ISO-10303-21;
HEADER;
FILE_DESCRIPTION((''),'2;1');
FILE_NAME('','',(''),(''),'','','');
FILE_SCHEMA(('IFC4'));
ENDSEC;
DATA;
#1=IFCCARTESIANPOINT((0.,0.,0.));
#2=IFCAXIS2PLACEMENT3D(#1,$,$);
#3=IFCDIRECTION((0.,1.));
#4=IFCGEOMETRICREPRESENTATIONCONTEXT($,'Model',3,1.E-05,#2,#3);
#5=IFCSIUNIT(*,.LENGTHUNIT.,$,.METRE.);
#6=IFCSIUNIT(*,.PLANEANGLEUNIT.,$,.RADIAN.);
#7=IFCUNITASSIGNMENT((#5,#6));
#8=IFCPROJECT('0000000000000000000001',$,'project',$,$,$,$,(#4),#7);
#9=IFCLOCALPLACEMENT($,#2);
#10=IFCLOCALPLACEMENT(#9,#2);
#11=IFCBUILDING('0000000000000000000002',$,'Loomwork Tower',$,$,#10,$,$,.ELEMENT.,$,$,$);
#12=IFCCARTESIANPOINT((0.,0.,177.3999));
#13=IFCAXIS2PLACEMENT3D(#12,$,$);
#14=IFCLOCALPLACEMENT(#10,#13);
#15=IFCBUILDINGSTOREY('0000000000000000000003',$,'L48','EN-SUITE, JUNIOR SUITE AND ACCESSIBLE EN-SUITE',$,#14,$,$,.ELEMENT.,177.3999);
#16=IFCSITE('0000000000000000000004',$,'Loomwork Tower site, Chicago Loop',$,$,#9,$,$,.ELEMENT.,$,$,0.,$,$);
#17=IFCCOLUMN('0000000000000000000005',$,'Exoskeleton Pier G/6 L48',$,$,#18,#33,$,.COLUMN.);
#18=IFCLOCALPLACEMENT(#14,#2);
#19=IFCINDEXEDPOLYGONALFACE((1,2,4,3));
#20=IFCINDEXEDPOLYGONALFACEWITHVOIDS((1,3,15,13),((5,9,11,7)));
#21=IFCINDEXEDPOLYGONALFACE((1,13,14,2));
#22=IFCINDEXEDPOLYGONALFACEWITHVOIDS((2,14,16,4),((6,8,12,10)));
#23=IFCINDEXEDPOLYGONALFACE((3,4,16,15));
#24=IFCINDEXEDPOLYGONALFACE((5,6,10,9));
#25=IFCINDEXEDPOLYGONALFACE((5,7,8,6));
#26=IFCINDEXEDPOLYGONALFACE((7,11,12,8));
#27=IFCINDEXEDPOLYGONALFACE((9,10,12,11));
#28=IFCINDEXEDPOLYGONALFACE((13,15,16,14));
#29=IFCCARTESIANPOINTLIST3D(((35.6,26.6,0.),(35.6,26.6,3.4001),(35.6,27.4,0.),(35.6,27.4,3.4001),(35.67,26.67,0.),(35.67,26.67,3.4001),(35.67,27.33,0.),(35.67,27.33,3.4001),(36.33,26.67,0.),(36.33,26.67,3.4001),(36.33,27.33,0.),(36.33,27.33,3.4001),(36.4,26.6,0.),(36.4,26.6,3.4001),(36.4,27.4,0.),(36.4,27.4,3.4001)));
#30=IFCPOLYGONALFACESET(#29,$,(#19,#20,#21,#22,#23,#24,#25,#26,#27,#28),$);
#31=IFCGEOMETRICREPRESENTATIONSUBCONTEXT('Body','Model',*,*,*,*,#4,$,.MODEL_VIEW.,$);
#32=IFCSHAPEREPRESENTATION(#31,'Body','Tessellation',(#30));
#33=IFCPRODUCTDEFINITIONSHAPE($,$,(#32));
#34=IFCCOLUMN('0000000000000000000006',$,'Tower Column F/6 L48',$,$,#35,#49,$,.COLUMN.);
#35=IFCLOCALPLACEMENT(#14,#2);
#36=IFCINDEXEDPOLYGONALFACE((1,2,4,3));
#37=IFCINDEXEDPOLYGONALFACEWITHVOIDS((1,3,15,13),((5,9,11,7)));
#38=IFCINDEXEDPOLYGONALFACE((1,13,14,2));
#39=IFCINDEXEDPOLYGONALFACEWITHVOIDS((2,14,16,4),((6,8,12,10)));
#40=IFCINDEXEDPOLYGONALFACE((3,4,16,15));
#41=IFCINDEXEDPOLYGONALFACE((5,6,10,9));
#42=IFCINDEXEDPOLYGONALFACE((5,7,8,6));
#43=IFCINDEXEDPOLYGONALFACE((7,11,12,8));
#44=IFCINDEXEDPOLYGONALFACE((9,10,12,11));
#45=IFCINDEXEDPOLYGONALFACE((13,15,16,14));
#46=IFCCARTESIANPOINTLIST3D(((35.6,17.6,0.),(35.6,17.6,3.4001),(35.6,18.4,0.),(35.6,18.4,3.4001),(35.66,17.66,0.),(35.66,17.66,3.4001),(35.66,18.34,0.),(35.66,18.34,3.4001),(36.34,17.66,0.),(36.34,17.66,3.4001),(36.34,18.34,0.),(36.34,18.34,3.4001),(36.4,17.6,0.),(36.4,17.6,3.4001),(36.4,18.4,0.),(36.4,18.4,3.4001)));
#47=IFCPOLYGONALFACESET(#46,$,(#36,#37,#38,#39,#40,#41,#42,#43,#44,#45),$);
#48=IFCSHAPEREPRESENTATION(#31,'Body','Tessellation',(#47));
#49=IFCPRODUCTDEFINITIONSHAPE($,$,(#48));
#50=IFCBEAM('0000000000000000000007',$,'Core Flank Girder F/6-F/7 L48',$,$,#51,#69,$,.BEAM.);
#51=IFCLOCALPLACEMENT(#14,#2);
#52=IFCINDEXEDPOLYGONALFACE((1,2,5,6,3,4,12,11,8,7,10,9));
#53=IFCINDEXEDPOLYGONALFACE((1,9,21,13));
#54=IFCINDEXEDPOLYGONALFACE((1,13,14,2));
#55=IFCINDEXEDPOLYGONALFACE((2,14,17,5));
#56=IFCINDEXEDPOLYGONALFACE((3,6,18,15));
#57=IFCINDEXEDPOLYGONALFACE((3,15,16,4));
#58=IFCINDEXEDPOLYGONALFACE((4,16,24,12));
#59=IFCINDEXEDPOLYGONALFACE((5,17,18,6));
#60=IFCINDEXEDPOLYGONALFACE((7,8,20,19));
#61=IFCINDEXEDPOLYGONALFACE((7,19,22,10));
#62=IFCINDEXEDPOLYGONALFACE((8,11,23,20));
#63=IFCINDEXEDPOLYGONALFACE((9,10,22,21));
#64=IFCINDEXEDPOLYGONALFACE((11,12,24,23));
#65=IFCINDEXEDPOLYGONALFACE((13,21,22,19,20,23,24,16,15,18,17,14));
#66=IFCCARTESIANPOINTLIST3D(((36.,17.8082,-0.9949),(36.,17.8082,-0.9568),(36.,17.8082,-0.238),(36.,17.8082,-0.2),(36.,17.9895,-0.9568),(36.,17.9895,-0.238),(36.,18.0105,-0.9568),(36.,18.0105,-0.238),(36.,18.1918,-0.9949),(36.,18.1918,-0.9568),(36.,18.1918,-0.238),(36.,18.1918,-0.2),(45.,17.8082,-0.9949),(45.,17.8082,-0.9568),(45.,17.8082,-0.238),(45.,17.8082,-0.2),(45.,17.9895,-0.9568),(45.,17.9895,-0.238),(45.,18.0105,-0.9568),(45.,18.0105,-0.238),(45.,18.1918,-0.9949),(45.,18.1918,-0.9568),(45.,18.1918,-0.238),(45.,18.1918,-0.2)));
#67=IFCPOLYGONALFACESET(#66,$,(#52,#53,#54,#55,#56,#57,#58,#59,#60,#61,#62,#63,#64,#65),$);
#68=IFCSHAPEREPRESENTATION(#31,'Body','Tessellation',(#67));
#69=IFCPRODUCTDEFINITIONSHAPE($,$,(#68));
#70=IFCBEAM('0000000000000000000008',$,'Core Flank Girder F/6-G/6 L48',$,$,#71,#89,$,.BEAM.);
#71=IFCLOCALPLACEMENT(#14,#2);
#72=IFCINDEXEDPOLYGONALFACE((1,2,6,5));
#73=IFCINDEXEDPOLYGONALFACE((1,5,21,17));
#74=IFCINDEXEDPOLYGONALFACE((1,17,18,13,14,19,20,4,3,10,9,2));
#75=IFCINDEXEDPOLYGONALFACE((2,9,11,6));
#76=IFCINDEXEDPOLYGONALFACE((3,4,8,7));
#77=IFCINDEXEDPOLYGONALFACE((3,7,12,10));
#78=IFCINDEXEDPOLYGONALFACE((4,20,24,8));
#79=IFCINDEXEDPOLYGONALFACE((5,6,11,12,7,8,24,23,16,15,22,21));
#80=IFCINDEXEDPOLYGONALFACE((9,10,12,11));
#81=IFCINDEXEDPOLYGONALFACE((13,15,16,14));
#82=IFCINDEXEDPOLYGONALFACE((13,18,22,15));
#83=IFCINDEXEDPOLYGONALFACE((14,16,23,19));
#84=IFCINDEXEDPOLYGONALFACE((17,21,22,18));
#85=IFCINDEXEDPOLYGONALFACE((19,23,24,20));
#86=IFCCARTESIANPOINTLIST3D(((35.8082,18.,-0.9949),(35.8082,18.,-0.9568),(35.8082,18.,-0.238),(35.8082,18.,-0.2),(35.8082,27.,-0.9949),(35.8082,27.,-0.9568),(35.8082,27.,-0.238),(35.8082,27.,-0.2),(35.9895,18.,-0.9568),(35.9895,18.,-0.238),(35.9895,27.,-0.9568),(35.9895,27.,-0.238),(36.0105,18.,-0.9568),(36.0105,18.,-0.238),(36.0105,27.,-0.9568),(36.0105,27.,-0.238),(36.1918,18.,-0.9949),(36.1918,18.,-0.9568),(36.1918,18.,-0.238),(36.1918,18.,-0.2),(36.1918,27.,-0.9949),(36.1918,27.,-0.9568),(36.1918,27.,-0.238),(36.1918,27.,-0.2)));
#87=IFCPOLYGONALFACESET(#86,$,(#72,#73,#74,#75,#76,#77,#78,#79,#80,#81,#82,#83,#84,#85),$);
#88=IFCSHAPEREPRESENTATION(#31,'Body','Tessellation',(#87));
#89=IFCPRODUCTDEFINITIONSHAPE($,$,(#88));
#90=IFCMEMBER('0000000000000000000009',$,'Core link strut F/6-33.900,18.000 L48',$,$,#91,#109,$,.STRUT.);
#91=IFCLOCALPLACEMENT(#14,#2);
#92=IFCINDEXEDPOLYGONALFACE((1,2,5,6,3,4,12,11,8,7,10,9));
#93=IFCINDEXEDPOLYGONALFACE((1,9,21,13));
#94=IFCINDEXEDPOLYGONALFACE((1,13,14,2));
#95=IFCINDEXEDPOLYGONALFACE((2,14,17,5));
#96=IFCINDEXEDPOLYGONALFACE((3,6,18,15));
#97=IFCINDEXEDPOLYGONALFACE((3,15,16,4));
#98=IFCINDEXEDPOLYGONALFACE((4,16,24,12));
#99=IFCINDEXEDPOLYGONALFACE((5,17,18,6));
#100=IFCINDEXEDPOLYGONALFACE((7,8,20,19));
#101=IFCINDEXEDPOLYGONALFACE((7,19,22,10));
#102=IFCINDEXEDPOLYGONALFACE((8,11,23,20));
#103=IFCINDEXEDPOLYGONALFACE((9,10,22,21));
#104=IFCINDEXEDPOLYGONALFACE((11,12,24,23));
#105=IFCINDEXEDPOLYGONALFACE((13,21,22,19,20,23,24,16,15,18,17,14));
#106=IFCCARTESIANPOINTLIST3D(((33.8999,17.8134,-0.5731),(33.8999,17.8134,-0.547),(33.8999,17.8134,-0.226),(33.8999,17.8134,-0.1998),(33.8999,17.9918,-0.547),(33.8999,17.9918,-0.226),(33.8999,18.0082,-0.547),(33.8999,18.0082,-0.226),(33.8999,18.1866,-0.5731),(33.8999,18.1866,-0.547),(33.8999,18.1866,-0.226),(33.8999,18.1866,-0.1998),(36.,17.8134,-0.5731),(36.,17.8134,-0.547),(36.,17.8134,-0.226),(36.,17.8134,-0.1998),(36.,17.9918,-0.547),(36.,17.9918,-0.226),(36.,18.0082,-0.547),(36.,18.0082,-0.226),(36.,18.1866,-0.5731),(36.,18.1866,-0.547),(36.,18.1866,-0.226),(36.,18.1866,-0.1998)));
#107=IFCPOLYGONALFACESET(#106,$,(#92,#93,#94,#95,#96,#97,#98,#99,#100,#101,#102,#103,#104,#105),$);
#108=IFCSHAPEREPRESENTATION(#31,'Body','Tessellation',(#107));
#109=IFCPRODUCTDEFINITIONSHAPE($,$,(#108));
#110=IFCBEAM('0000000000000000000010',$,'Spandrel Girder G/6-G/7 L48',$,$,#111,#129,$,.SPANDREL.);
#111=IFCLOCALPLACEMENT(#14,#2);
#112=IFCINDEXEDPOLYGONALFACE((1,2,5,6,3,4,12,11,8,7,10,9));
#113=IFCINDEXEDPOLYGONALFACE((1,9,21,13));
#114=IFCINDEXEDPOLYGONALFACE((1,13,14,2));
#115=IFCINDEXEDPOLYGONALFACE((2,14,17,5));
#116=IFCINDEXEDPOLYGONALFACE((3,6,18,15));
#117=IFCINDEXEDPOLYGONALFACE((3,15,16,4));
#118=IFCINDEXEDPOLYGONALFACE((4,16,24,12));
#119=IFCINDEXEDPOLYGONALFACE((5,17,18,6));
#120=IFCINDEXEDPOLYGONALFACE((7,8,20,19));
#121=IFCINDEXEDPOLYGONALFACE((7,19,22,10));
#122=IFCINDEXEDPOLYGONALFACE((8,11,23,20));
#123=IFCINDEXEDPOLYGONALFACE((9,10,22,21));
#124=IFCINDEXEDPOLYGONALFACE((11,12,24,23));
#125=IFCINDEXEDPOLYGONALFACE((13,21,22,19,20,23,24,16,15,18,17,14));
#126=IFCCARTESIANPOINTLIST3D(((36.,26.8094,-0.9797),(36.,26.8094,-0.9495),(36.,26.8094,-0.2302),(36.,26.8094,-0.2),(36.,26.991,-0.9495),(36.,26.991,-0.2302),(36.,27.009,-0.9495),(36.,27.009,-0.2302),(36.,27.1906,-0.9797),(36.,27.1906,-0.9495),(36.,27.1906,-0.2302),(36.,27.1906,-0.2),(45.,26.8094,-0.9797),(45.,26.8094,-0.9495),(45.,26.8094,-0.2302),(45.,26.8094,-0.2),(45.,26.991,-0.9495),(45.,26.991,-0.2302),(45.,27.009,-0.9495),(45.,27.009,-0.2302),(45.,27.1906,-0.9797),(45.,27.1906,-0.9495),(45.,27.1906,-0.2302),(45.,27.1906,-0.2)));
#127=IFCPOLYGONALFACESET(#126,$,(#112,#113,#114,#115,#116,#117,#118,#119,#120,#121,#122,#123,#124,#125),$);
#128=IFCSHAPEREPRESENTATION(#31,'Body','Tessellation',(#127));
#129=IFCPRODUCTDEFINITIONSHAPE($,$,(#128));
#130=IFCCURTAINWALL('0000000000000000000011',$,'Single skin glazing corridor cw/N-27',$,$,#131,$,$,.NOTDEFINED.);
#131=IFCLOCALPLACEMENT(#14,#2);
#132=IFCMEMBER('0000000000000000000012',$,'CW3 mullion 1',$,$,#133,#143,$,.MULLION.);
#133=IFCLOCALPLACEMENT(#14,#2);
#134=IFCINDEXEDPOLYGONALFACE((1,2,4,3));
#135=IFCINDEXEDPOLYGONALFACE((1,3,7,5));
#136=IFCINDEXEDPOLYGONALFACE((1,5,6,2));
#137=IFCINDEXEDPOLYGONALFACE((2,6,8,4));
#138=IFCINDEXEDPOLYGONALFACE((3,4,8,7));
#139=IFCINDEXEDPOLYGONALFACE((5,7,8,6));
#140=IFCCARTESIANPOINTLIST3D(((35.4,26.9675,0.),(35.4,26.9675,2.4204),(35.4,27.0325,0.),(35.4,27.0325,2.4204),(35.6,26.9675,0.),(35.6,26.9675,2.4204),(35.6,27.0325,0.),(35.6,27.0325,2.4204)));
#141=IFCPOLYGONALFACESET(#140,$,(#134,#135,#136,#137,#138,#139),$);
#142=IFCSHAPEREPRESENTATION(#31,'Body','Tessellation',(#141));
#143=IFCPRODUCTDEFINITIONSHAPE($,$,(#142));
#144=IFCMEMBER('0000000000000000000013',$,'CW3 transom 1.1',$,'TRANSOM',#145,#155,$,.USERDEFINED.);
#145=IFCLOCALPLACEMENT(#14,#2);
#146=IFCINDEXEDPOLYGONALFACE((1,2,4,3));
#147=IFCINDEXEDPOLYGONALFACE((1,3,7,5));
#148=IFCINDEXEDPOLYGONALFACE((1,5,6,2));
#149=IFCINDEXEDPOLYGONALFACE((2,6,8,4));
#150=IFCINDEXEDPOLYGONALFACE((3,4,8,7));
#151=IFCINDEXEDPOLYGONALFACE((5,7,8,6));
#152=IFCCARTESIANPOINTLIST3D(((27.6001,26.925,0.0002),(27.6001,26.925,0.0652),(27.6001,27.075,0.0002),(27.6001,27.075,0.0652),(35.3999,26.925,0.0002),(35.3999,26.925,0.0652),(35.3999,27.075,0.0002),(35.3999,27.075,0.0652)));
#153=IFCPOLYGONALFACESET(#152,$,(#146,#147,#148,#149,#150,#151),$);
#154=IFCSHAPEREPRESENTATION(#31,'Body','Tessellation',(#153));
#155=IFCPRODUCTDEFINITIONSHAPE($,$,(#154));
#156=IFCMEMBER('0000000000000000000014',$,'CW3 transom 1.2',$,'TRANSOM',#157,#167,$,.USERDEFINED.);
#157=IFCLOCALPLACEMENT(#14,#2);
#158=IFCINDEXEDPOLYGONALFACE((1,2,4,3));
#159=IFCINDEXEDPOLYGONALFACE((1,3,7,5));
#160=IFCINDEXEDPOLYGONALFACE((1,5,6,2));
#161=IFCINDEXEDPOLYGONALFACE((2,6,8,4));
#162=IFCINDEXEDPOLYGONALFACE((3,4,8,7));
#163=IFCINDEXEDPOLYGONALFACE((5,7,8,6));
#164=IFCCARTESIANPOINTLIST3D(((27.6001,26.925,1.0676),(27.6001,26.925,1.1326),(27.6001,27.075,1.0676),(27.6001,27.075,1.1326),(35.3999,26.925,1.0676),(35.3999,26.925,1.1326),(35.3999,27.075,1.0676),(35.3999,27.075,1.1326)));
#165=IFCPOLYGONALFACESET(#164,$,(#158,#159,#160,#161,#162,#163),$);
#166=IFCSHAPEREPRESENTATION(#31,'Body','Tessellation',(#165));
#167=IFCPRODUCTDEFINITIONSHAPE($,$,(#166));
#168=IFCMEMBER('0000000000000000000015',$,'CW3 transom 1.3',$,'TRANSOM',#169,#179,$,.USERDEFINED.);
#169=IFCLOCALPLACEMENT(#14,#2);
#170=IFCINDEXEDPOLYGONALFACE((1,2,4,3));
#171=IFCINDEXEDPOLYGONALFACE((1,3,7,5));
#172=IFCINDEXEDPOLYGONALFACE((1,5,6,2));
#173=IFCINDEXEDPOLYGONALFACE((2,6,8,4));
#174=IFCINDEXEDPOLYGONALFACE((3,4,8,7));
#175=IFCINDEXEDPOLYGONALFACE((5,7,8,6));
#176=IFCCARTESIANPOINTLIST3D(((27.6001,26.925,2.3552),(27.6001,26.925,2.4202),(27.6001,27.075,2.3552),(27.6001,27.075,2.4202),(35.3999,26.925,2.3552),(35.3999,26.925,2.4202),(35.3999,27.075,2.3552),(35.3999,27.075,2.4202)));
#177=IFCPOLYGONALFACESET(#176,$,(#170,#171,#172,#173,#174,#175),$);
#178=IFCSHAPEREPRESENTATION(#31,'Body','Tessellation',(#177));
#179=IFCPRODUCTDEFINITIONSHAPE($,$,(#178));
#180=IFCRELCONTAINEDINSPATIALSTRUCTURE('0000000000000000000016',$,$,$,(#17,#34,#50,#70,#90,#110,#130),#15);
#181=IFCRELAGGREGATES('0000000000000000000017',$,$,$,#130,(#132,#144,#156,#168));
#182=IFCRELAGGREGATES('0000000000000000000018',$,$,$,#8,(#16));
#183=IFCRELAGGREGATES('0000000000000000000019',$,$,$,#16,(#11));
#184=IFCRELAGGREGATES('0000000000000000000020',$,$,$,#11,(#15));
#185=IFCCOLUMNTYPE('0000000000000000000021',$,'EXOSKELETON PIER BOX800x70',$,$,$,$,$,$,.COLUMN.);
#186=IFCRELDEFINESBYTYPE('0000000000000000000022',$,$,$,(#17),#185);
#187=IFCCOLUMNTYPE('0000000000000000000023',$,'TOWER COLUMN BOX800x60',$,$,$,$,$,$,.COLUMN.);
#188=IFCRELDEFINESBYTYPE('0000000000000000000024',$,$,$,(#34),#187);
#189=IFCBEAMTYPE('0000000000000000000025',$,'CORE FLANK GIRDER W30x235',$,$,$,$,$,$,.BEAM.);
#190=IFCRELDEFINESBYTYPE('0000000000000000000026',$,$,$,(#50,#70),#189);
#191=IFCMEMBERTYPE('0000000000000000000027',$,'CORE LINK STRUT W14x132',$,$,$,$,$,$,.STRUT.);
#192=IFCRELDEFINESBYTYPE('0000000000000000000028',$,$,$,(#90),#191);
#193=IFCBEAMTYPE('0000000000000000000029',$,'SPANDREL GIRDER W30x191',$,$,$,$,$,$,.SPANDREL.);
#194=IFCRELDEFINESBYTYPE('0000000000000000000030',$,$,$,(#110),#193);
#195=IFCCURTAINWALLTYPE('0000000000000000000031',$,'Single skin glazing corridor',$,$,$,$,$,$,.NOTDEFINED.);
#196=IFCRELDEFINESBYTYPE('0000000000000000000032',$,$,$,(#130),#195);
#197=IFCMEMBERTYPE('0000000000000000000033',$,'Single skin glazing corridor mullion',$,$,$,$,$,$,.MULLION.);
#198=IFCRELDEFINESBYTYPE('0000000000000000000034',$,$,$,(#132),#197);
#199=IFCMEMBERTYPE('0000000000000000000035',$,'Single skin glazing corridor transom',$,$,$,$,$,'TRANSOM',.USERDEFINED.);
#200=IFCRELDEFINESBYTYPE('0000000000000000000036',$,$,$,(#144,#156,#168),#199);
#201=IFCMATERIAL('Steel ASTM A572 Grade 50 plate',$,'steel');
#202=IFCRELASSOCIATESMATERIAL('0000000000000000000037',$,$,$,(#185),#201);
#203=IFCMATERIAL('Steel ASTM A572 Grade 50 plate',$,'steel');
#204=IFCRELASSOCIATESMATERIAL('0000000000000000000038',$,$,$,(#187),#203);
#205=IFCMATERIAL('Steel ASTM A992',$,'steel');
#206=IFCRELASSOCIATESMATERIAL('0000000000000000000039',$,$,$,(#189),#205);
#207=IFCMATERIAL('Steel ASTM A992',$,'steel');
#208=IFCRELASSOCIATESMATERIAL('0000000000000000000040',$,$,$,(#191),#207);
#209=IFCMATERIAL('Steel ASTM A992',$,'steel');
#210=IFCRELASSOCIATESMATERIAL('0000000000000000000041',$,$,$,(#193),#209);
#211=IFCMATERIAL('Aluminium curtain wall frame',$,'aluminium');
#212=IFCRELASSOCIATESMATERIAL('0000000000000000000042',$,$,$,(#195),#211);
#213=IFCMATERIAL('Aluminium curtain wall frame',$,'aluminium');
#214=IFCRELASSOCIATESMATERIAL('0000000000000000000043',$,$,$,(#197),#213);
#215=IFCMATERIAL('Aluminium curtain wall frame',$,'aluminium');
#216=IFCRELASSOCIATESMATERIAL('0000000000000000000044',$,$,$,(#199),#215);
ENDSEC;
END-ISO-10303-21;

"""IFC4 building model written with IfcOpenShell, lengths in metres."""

from ifc_helpers import new_model, si_unit, direction, frame, origin, origin_2d, place, context, subcontext, project, spatial, rectangle, hollow_rectangle, i_section, extrude, material, material_profile, profile_set, type_object, element, aggregate, save


model = new_model("IFC4")

# Units and contexts
model_context = context("Model", 3, precision=1e-05, world=origin(), true_north=direction((0.0, 1.0)))
body_context = subcontext(model_context, "Body", "Model", "MODEL_VIEW")
ifc_project = project(units=[si_unit("LENGTHUNIT", "METRE"), si_unit("PLANEANGLEUNIT", "RADIAN")], contexts=[model_context])

# Site, building, storey
site_placement = place(None, origin())
site = spatial("IfcSite", under=ifc_project, at=site_placement, Name="Loomwork Tower site, Chicago Loop", CompositionType="ELEMENT", RefElevation=0.0)
building_placement = place(site_placement, origin())
building = spatial("IfcBuilding", under=site, at=building_placement, Name="Loomwork Tower", CompositionType="ELEMENT")
storey_placement = place(building_placement, frame((0.0, 0.0, 177.3999)))
storey = spatial("IfcBuildingStorey", under=building, at=storey_placement, Name="L48", Description="EN-SUITE, JUNIOR SUITE AND ACCESSIBLE EN-SUITE", CompositionType="ELEMENT", Elevation=177.3999)

# Columns
ifc_material_1 = material(Name="Steel ASTM A572 Grade 50 plate", Category="steel")
ifc_material_profile_1 = material_profile(ifc_material_1, hollow_rectangle(XDim=0.8, YDim=0.8, WallThickness=0.0701, at=origin_2d()), Name="BOX800x70")
ifc_profile_set_1 = profile_set([ifc_material_profile_1], Name="Steel ASTM A572 Grade 50 plate")
column_type_1 = type_object("IfcColumnType", Name="EXOSKELETON PIER BOX800x70", PredefinedType="COLUMN", material=ifc_profile_set_1)
column_1_placement = place(storey_placement, frame((36.0, 27.0, 0.0), z_axis=(0.0, 0.0, 1.0), x_axis=(1.0, 0.0, 0.0)))
element("IfcColumn", 1, at=column_1_placement, inside=storey, type_object=column_type_1, Name="Exoskeleton Pier G/6 L48", PredefinedType="COLUMN", context=body_context, shape_type="SweptSolid", body=[
    extrude(hollow_rectangle(XDim=0.8, YDim=0.8, WallThickness=0.0701, at=origin_2d()), origin(), (0.0, 0.0, 1.0), 3.4001),
])
ifc_material_2 = material(Name="Steel ASTM A572 Grade 50 plate", Category="steel")
ifc_material_profile_2 = material_profile(ifc_material_2, hollow_rectangle(XDim=0.8, YDim=0.8, WallThickness=0.0601, at=origin_2d()), Name="BOX800x60")
ifc_profile_set_2 = profile_set([ifc_material_profile_2], Name="Steel ASTM A572 Grade 50 plate")
column_type_2 = type_object("IfcColumnType", Name="TOWER COLUMN BOX800x60", PredefinedType="COLUMN", material=ifc_profile_set_2)
column_2_placement = place(storey_placement, frame((36.0, 18.0, 0.0), z_axis=(0.0, 0.0, 1.0), x_axis=(0.0, 1.0, 0.0)))
element("IfcColumn", 2, at=column_2_placement, inside=storey, type_object=column_type_2, Name="Tower Column F/6 L48", PredefinedType="COLUMN", context=body_context, shape_type="SweptSolid", body=[
    extrude(hollow_rectangle(XDim=0.8, YDim=0.8, WallThickness=0.0601, at=origin_2d()), origin(), (0.0, 0.0, 1.0), 3.4001),
])

# Beams
ifc_material_3 = material(Name="Steel ASTM A992", Category="steel")
ifc_material_profile_3 = material_profile(ifc_material_3, i_section(OverallWidth=0.3835, OverallDepth=0.7949, WebThickness=0.021, FlangeThickness=0.0381, at=origin_2d()), Name="W30x235")
ifc_profile_set_3 = profile_set([ifc_material_profile_3], Name="Steel ASTM A992")
beam_type_1 = type_object("IfcBeamType", Name="CORE FLANK GIRDER W30x235", PredefinedType="BEAM", material=ifc_profile_set_3)
for number, where, z_axis, x_axis, name in (
    (3, (36.0, 18.0, -0.5974), (1.0, 0.0, 0.0), (0.0, 1.0, 0.0), "Core Flank Girder F/6-F/7 L48"),
    (4, (36.0, 18.0, -0.5974), (0.0, 1.0, 0.0), (-1.0, 0.0, 0.0), "Core Flank Girder F/6-G/6 L48"),
):
    element("IfcBeam", number, at=place(storey_placement, frame(where, z_axis=z_axis, x_axis=x_axis)), inside=storey, type_object=beam_type_1, Name=name, PredefinedType="BEAM", context=body_context, shape_type="SweptSolid", body=[
        extrude(i_section(OverallWidth=0.3835, OverallDepth=0.7949, WebThickness=0.021, FlangeThickness=0.0381, at=origin_2d()), origin(), (0.0, 0.0, 1.0), 9.0),
    ])

# Member
ifc_material_4 = material(Name="Steel ASTM A992", Category="steel")
ifc_material_profile_4 = material_profile(ifc_material_4, i_section(OverallWidth=0.3733, OverallDepth=0.3733, WebThickness=0.0164, FlangeThickness=0.0261, at=origin_2d()), Name="W14x132")
ifc_profile_set_4 = profile_set([ifc_material_profile_4], Name="Steel ASTM A992")
member_type_1 = type_object("IfcMemberType", Name="CORE LINK STRUT W14x132", PredefinedType="STRUT", material=ifc_profile_set_4)
member_1_placement = place(storey_placement, frame((36.0, 18.0, -0.3865), z_axis=(-1.0, 0.0, 0.0), x_axis=(0.0, -1.0, 0.0)))
element("IfcMember", 5, at=member_1_placement, inside=storey, type_object=member_type_1, Name="Core link strut F/6-33.900,18.000 L48", PredefinedType="STRUT", context=body_context, shape_type="SweptSolid", body=[
    extrude(i_section(OverallWidth=0.3733, OverallDepth=0.3733, WebThickness=0.0164, FlangeThickness=0.0261, at=origin_2d()), origin(), (0.0, 0.0, 1.0), 2.1001),
])

# Beam
ifc_material_5 = material(Name="Steel ASTM A992", Category="steel")
ifc_material_profile_5 = material_profile(ifc_material_5, i_section(OverallWidth=0.3811, OverallDepth=0.7798, WebThickness=0.0181, FlangeThickness=0.0303, at=origin_2d()), Name="W30x191")
ifc_profile_set_5 = profile_set([ifc_material_profile_5], Name="Steel ASTM A992")
beam_type_2 = type_object("IfcBeamType", Name="SPANDREL GIRDER W30x191", PredefinedType="SPANDREL", material=ifc_profile_set_5)
beam_placement = place(storey_placement, frame((36.0, 27.0, -0.5898), z_axis=(1.0, 0.0, 0.0), x_axis=(0.0, 1.0, 0.0)))
element("IfcBeam", 6, at=beam_placement, inside=storey, type_object=beam_type_2, Name="Spandrel Girder G/6-G/7 L48", PredefinedType="SPANDREL", context=body_context, shape_type="SweptSolid", body=[
    extrude(i_section(OverallWidth=0.3811, OverallDepth=0.7798, WebThickness=0.0181, FlangeThickness=0.0303, at=origin_2d()), origin(), (0.0, 0.0, 1.0), 9.0),
])

# Curtain wall, members
ifc_material_6 = material(Name="Aluminium curtain wall frame", Category="aluminium")
curtain_wall_type = type_object("IfcCurtainWallType", Name="Single skin glazing corridor", PredefinedType="NOTDEFINED", material=ifc_material_6)
curtain_wall_placement = place(storey_placement, origin())
curtain_wall = element("IfcCurtainWall", 7, at=curtain_wall_placement, inside=storey, type_object=curtain_wall_type, Name="Single skin glazing corridor cw/N-27", PredefinedType="NOTDEFINED")
ifc_material_7 = material(Name="Aluminium curtain wall frame", Category="aluminium")
ifc_material_profile_6 = material_profile(ifc_material_7, rectangle(XDim=0.0649, YDim=0.2, at=origin_2d()), Name="AL 65x200")
ifc_profile_set_6 = profile_set([ifc_material_profile_6], Name="Aluminium curtain wall frame")
member_type_2 = type_object("IfcMemberType", Name="Single skin glazing corridor mullion", PredefinedType="MULLION", material=ifc_profile_set_6)
member_2_placement = place(storey_placement, frame((35.5, 27.0, 0.0), z_axis=(0.0, 0.0, 1.0), x_axis=(0.0, -1.0, 0.0)))
member_2 = element("IfcMember", 8, at=member_2_placement, type_object=member_type_2, Name="CW3 mullion 1", PredefinedType="MULLION", context=body_context, shape_type="SweptSolid", body=[
    extrude(rectangle(XDim=0.0649, YDim=0.2, at=origin_2d()), origin(), (0.0, 0.0, 1.0), 2.4204),
])
ifc_material_8 = material(Name="Aluminium curtain wall frame", Category="aluminium")
ifc_material_profile_7 = material_profile(ifc_material_8, rectangle(XDim=0.1499, YDim=0.0649, at=origin_2d()), Name="AL 65x150")
ifc_profile_set_7 = profile_set([ifc_material_profile_7], Name="Aluminium curtain wall frame")
member_type_3 = type_object("IfcMemberType", Name="Single skin glazing corridor transom", ElementType="TRANSOM", PredefinedType="USERDEFINED", material=ifc_profile_set_7)
member_3_placement = place(storey_placement, frame((35.3999, 27.0, 0.0327), z_axis=(-1.0, 0.0, 0.0), x_axis=(0.0, -1.0, 0.0)))
member_3 = element("IfcMember", 9, at=member_3_placement, type_object=member_type_3, Name="CW3 transom 1.1", ObjectType="TRANSOM", PredefinedType="USERDEFINED", context=body_context, shape_type="SweptSolid", body=[
    extrude(rectangle(XDim=0.1499, YDim=0.0649, at=origin_2d()), origin(), (0.0, 0.0, 1.0), 7.7998),
])
member_4_placement = place(storey_placement, frame((35.3999, 27.0, 1.1001), z_axis=(-1.0, 0.0, 0.0), x_axis=(0.0, -1.0, 0.0)))
member_4 = element("IfcMember", 10, at=member_4_placement, type_object=member_type_3, Name="CW3 transom 1.2", ObjectType="TRANSOM", PredefinedType="USERDEFINED", context=body_context, shape_type="SweptSolid", body=[
    extrude(rectangle(XDim=0.1499, YDim=0.0649, at=origin_2d()), origin(), (0.0, 0.0, 1.0), 7.7998),
])
member_5_placement = place(storey_placement, frame((35.3999, 27.0, 2.3877), z_axis=(-1.0, 0.0, 0.0), x_axis=(0.0, -1.0, 0.0)))
member_5 = element("IfcMember", 11, at=member_5_placement, type_object=member_type_3, Name="CW3 transom 1.3", ObjectType="TRANSOM", PredefinedType="USERDEFINED", context=body_context, shape_type="SweptSolid", body=[
    extrude(rectangle(XDim=0.1499, YDim=0.0649, at=origin_2d()), origin(), (0.0, 0.0, 1.0), 7.7998),
])
aggregate(curtain_wall, [member_2, member_3, member_4, member_5])

save(model, "model.ifc")
